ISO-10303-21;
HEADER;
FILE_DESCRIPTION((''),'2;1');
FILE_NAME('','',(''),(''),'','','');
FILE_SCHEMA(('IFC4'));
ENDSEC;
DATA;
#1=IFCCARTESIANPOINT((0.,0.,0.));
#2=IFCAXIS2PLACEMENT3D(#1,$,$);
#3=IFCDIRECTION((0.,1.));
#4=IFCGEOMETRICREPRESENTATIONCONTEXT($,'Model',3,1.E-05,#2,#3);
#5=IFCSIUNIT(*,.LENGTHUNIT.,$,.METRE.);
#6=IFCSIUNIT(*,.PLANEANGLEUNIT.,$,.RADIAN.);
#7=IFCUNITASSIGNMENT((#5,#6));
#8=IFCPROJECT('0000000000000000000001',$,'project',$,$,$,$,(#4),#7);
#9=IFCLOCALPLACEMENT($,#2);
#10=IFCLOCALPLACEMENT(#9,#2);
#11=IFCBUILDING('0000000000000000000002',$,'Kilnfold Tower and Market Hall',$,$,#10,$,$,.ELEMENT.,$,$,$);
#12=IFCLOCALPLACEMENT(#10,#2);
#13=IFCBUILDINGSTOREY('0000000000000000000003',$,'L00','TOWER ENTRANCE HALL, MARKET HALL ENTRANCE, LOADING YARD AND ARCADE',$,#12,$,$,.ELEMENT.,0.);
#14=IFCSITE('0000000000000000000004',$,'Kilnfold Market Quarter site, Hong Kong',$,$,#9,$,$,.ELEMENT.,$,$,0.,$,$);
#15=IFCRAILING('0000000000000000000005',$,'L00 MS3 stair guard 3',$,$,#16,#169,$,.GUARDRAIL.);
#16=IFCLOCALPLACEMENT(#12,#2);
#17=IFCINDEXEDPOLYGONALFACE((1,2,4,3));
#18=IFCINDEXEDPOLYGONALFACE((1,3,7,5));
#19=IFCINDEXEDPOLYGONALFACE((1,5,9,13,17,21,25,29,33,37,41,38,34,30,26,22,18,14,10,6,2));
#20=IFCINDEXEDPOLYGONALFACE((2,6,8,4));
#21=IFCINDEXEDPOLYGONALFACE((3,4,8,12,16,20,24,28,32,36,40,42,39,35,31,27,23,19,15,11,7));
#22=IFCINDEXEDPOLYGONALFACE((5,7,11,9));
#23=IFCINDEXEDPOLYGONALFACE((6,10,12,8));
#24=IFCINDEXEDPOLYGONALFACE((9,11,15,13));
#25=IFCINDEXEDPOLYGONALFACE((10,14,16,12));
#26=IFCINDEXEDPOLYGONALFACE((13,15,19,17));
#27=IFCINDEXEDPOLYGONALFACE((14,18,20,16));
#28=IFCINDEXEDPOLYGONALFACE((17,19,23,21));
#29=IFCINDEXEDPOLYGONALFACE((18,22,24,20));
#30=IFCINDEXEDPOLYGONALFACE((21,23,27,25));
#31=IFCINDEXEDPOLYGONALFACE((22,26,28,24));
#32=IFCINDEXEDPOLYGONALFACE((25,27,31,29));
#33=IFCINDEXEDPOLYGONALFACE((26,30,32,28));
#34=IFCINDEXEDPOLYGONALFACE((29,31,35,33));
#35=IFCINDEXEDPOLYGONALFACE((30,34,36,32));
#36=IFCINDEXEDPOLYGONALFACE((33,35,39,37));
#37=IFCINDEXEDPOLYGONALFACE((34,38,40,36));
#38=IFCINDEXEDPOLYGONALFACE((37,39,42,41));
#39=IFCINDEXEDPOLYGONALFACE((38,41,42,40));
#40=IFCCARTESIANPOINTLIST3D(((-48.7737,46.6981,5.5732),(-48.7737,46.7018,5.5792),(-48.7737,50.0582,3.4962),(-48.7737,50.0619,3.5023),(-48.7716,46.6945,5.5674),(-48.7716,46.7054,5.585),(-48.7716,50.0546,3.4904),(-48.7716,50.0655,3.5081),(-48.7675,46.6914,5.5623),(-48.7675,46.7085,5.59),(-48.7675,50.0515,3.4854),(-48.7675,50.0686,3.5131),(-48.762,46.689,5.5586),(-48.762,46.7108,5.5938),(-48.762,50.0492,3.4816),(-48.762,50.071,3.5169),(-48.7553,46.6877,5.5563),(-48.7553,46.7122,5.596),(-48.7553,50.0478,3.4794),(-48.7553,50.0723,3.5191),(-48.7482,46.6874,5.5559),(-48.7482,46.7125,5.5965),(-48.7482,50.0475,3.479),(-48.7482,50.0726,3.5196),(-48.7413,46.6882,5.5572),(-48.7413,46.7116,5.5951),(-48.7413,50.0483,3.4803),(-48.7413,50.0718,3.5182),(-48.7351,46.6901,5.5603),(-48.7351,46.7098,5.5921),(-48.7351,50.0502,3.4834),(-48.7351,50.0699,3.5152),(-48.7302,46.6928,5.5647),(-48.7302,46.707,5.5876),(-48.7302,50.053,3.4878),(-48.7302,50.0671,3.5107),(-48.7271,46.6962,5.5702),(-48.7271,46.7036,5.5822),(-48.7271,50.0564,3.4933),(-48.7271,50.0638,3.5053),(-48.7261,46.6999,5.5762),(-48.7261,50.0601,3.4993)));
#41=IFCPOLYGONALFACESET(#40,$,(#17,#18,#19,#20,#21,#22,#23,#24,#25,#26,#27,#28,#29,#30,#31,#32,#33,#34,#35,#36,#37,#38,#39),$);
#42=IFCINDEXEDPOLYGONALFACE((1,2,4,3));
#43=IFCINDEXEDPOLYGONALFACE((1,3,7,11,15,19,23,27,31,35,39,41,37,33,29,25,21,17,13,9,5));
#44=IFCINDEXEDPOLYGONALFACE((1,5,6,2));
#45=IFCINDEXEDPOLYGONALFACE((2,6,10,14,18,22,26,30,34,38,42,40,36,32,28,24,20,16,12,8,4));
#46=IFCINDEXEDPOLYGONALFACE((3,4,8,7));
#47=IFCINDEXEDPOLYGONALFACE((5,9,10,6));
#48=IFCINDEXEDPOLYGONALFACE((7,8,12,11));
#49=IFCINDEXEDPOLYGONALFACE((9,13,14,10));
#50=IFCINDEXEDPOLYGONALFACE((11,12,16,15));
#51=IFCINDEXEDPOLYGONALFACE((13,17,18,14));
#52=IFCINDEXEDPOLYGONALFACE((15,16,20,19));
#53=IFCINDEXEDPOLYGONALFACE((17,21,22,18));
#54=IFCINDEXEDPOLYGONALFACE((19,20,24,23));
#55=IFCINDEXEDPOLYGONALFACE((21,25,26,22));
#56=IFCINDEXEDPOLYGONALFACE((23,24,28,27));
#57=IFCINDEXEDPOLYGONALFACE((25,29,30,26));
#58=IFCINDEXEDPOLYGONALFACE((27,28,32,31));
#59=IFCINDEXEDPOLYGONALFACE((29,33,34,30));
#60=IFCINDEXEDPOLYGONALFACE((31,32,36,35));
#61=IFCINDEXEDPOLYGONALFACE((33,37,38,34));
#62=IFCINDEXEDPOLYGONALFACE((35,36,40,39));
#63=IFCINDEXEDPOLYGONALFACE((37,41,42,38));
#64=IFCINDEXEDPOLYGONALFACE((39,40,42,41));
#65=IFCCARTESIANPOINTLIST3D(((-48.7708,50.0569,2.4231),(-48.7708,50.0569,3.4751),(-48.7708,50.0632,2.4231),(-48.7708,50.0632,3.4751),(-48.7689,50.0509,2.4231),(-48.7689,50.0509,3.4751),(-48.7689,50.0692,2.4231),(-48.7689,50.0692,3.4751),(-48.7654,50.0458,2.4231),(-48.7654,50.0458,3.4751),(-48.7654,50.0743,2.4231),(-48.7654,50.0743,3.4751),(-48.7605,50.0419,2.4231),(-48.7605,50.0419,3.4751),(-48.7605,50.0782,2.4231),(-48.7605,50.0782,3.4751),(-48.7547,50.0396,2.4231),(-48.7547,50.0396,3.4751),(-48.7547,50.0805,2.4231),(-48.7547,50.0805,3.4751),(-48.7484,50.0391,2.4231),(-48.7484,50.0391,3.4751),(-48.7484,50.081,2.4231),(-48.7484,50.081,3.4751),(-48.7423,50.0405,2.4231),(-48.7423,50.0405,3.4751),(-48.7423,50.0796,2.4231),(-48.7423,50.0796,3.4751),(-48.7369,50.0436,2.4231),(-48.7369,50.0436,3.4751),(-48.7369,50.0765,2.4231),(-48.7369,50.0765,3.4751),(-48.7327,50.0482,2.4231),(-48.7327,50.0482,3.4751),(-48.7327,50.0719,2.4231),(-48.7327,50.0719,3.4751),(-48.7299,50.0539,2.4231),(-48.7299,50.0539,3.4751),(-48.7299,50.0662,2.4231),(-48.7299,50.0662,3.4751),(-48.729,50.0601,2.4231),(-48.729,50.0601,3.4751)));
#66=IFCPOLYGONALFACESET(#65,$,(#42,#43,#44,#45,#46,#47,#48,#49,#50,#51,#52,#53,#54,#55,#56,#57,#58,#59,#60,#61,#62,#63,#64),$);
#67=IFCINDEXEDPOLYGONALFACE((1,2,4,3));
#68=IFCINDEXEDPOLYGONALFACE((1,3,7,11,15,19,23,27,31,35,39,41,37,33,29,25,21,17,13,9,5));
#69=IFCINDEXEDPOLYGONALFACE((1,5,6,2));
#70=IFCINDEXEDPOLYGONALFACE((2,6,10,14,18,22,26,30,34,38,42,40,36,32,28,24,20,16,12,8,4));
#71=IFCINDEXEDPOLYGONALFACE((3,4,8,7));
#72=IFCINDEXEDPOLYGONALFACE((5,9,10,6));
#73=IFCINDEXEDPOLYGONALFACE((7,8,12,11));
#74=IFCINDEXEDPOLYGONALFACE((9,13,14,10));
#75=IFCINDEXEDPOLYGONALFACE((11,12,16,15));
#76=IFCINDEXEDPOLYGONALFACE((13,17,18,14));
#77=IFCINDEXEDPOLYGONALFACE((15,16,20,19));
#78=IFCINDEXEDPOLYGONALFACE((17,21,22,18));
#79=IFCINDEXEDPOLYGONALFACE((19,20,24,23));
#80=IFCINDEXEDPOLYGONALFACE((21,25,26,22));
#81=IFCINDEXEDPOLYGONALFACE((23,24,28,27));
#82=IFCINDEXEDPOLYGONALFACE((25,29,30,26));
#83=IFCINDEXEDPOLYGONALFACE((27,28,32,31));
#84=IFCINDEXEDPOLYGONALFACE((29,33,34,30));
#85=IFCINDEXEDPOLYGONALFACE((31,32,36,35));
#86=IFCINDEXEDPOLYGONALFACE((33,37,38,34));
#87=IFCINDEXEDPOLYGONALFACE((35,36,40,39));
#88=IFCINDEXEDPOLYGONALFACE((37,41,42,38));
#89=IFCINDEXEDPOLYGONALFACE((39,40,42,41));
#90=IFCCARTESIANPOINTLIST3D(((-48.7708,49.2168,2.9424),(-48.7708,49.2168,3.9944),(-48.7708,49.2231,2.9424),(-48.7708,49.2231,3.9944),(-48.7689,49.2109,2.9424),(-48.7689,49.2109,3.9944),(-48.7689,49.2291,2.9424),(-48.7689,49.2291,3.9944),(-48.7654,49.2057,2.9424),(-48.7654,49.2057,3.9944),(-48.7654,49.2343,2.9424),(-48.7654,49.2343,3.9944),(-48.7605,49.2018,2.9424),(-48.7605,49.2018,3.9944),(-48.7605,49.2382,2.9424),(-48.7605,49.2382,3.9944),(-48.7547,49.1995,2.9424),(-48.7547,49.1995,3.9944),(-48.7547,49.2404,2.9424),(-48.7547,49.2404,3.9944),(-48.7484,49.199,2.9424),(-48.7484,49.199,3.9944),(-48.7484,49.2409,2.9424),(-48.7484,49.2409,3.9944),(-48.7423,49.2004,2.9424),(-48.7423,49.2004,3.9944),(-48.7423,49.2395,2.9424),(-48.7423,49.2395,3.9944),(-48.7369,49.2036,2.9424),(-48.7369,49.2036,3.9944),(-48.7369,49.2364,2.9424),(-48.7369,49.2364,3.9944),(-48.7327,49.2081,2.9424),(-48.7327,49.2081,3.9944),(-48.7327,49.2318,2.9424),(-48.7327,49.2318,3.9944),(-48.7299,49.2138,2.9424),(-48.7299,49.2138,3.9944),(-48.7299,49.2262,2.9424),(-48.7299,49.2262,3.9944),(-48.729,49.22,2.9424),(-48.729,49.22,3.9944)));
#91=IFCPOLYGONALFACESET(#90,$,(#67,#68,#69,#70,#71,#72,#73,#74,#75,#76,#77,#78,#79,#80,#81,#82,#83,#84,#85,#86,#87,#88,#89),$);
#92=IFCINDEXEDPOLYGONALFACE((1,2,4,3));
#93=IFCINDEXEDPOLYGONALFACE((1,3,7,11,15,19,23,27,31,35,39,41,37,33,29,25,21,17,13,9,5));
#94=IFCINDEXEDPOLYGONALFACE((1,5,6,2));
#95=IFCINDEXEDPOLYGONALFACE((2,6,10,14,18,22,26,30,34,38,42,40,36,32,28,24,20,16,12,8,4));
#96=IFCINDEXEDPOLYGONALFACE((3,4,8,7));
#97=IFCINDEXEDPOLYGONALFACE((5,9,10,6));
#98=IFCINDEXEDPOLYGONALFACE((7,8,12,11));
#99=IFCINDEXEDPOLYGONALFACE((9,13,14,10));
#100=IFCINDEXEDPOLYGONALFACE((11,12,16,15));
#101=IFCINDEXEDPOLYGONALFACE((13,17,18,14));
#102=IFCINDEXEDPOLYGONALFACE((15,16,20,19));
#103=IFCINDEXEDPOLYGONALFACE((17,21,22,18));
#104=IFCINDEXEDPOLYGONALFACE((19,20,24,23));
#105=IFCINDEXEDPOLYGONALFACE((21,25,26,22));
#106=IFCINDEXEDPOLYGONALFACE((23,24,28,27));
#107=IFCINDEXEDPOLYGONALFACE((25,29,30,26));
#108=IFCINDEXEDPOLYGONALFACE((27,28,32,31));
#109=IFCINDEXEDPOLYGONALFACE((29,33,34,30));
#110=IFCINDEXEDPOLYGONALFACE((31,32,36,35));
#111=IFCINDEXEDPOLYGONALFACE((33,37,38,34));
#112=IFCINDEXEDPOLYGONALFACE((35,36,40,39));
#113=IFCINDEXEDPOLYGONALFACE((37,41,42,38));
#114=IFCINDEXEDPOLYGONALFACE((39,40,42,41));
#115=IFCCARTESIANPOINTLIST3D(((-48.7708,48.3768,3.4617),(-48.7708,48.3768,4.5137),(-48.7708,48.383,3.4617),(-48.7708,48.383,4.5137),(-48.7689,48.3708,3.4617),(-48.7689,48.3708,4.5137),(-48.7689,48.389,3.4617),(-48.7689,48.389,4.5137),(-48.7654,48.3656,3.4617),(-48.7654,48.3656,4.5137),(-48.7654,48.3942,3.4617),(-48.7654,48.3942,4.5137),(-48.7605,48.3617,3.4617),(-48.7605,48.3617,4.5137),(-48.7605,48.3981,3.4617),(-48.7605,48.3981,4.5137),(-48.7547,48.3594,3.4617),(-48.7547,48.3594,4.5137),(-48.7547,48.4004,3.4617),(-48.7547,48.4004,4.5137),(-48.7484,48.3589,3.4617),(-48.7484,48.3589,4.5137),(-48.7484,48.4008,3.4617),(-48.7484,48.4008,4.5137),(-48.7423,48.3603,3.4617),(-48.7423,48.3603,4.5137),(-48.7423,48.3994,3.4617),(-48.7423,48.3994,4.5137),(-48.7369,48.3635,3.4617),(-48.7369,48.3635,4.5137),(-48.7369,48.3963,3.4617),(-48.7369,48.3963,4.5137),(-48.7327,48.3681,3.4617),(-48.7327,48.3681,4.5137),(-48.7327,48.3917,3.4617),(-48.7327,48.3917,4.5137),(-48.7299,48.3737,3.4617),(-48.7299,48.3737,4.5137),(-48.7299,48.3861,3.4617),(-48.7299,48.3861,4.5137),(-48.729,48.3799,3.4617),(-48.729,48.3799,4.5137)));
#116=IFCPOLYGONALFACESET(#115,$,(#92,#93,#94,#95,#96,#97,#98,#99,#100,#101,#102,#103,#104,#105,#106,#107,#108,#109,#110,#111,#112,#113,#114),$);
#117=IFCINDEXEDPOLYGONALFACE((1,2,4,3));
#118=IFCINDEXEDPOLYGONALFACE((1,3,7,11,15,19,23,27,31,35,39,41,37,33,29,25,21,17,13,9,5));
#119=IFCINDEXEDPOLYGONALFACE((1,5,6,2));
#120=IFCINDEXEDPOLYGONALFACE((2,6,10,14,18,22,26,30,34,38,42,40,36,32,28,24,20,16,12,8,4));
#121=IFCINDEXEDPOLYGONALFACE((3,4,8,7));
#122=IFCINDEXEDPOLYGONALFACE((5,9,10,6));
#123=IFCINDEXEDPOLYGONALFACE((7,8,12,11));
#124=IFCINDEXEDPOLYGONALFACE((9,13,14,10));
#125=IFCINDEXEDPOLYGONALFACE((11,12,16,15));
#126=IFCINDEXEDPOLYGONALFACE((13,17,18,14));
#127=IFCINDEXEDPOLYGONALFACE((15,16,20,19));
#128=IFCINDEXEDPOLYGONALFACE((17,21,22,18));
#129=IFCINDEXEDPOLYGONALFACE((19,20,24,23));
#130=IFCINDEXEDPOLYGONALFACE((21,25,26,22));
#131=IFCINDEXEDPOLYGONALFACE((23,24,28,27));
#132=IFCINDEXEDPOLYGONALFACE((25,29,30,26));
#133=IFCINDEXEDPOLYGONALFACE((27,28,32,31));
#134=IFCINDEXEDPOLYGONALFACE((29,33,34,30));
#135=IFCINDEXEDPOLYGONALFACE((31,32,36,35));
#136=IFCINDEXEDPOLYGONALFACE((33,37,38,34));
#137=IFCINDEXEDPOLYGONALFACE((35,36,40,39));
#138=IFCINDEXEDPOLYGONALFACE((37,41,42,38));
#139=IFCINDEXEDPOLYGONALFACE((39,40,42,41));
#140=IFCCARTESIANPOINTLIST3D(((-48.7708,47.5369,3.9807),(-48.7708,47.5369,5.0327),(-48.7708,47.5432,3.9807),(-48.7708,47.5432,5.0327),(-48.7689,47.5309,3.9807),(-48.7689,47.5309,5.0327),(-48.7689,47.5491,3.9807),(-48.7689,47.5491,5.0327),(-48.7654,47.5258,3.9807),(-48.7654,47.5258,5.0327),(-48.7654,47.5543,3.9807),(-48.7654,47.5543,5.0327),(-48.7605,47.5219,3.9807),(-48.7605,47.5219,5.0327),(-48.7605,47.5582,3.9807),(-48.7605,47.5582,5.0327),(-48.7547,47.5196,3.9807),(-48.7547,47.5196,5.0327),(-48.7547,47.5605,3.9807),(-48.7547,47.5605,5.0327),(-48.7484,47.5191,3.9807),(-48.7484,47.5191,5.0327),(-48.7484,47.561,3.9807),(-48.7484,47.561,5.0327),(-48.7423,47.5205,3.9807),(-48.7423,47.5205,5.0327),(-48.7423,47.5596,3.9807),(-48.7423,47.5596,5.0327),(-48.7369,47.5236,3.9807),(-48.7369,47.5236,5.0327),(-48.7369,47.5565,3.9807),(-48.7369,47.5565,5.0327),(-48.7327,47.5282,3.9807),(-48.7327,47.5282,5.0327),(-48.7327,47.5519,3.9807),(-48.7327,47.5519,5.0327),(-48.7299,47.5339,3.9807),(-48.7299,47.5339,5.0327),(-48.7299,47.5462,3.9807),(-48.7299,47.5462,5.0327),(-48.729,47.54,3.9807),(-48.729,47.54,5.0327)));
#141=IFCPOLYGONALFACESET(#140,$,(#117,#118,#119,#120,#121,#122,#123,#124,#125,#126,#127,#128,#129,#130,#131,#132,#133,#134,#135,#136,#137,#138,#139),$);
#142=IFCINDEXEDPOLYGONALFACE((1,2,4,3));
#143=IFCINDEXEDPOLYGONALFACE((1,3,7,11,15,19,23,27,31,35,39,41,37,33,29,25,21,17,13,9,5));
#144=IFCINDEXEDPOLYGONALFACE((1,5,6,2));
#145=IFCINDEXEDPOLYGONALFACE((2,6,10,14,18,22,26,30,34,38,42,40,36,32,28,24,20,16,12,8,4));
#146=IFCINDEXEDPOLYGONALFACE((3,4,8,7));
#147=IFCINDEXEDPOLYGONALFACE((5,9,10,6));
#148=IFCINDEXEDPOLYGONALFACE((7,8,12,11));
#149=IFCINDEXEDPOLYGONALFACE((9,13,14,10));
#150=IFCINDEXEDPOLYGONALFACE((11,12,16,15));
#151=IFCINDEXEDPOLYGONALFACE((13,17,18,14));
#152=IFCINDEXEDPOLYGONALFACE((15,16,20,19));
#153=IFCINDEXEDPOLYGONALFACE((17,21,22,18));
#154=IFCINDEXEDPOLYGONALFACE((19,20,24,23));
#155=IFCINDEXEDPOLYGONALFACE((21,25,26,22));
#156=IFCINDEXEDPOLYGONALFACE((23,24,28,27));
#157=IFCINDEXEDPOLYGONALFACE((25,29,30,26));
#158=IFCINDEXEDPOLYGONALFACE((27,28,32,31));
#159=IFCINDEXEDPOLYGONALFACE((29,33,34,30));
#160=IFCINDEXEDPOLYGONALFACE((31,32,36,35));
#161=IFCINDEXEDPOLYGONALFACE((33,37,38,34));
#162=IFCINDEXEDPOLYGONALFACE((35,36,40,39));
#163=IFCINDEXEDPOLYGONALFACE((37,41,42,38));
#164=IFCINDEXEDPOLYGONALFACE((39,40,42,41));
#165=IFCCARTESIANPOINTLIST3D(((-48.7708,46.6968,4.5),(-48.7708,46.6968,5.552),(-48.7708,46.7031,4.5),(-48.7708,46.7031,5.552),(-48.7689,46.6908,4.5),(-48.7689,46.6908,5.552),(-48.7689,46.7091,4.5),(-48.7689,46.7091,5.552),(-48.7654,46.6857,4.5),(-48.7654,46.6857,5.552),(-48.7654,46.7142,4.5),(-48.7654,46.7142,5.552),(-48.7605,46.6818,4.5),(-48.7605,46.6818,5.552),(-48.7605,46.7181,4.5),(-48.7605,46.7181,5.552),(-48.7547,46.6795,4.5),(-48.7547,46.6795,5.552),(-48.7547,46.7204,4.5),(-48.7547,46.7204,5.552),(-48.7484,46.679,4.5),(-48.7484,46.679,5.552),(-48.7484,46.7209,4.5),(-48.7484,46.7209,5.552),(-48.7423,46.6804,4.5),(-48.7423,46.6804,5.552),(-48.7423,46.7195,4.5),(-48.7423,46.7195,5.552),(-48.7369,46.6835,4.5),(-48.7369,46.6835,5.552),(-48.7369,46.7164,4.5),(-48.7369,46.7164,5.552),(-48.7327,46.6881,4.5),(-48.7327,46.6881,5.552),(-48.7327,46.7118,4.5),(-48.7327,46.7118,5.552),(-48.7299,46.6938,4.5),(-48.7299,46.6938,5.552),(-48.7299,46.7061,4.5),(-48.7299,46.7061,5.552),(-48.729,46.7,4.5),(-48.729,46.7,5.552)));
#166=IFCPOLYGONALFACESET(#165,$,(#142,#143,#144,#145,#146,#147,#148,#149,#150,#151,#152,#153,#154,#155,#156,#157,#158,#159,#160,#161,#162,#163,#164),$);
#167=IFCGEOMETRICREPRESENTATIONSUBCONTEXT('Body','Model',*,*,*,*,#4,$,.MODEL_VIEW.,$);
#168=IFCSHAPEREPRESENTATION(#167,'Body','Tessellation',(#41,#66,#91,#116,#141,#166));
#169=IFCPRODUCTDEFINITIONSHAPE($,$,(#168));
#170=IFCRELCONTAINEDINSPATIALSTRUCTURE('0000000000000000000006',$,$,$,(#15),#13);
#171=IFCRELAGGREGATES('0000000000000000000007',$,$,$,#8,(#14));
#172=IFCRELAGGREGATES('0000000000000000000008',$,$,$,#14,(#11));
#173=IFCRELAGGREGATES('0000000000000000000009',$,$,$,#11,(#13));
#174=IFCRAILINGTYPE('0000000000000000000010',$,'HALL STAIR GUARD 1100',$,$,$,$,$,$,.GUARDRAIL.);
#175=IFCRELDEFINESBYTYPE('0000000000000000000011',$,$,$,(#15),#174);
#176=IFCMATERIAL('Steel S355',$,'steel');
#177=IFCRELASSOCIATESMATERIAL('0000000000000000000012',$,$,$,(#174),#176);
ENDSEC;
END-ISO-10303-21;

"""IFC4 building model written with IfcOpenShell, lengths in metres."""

from ifc_helpers import new_model, si_unit, direction, frame, origin, origin_2d, place, context, subcontext, project, spatial, circle, extrude, material, type_object, element, save


model = new_model("IFC4")

# Units and contexts
model_context = context("Model", 3, precision=1e-05, world=origin(), true_north=direction((0.0, 1.0)))
body_context = subcontext(model_context, "Body", "Model", "MODEL_VIEW")
ifc_project = project(units=[si_unit("LENGTHUNIT", "METRE"), si_unit("PLANEANGLEUNIT", "RADIAN")], contexts=[model_context])

# Site, building, storey
site_placement = place(None, origin())
site = spatial("IfcSite", under=ifc_project, at=site_placement, Name="Kilnfold Market Quarter site, Hong Kong", CompositionType="ELEMENT", RefElevation=0.0)
building_placement = place(site_placement, origin())
building = spatial("IfcBuilding", under=site, at=building_placement, Name="Kilnfold Tower and Market Hall", CompositionType="ELEMENT")
storey_placement = place(building_placement, origin())
storey = spatial("IfcBuildingStorey", under=building, at=storey_placement, Name="L00", Description="TOWER ENTRANCE HALL, MARKET HALL ENTRANCE, LOADING YARD AND ARCADE", CompositionType="ELEMENT", Elevation=0.0)

# Railing
ifc_material_1 = material(Name="Steel S355", Category="steel")
railing_type_1 = type_object("IfcRailingType", Name="HALL STAIR GUARD 1100", PredefinedType="GUARDRAIL", material=ifc_material_1)
railing_1_placement = place(storey_placement, frame((-48.75, 50.0601, 2.4231)))
element("IfcRailing", 1, at=railing_1_placement, inside=storey, type_object=railing_type_1, Name="L00 MS3 stair guard 3", PredefinedType="GUARDRAIL", context=body_context, shape_type="SweptSolid", body=[
    extrude(circle(Radius=0.0239, at=origin_2d()), frame((0.0, 0.0, 1.0762), z_axis=(0.0, -0.850623, 0.525776), x_axis=(1.0, 0.0, 0.0)), (0.0, 0.0, 1.0), 3.9502),
    extrude(circle(Radius=0.021, at=origin_2d()), origin(), (0.0, 0.0, 1.0), 1.052),
    extrude(circle(Radius=0.021, at=origin_2d()), frame((0.0, -0.8401, 0.5193)), (0.0, 0.0, 1.0), 1.052),
    extrude(circle(Radius=0.021, at=origin_2d()), frame((0.0, -1.6802, 1.0386)), (0.0, 0.0, 1.0), 1.052),
    extrude(circle(Radius=0.021, at=origin_2d()), frame((0.0, -2.52, 1.5576)), (0.0, 0.0, 1.0), 1.052),
    extrude(circle(Radius=0.021, at=origin_2d()), frame((0.0, -3.3601, 2.0769)), (0.0, 0.0, 1.0), 1.052),
])

save(model, "model.ifc")
